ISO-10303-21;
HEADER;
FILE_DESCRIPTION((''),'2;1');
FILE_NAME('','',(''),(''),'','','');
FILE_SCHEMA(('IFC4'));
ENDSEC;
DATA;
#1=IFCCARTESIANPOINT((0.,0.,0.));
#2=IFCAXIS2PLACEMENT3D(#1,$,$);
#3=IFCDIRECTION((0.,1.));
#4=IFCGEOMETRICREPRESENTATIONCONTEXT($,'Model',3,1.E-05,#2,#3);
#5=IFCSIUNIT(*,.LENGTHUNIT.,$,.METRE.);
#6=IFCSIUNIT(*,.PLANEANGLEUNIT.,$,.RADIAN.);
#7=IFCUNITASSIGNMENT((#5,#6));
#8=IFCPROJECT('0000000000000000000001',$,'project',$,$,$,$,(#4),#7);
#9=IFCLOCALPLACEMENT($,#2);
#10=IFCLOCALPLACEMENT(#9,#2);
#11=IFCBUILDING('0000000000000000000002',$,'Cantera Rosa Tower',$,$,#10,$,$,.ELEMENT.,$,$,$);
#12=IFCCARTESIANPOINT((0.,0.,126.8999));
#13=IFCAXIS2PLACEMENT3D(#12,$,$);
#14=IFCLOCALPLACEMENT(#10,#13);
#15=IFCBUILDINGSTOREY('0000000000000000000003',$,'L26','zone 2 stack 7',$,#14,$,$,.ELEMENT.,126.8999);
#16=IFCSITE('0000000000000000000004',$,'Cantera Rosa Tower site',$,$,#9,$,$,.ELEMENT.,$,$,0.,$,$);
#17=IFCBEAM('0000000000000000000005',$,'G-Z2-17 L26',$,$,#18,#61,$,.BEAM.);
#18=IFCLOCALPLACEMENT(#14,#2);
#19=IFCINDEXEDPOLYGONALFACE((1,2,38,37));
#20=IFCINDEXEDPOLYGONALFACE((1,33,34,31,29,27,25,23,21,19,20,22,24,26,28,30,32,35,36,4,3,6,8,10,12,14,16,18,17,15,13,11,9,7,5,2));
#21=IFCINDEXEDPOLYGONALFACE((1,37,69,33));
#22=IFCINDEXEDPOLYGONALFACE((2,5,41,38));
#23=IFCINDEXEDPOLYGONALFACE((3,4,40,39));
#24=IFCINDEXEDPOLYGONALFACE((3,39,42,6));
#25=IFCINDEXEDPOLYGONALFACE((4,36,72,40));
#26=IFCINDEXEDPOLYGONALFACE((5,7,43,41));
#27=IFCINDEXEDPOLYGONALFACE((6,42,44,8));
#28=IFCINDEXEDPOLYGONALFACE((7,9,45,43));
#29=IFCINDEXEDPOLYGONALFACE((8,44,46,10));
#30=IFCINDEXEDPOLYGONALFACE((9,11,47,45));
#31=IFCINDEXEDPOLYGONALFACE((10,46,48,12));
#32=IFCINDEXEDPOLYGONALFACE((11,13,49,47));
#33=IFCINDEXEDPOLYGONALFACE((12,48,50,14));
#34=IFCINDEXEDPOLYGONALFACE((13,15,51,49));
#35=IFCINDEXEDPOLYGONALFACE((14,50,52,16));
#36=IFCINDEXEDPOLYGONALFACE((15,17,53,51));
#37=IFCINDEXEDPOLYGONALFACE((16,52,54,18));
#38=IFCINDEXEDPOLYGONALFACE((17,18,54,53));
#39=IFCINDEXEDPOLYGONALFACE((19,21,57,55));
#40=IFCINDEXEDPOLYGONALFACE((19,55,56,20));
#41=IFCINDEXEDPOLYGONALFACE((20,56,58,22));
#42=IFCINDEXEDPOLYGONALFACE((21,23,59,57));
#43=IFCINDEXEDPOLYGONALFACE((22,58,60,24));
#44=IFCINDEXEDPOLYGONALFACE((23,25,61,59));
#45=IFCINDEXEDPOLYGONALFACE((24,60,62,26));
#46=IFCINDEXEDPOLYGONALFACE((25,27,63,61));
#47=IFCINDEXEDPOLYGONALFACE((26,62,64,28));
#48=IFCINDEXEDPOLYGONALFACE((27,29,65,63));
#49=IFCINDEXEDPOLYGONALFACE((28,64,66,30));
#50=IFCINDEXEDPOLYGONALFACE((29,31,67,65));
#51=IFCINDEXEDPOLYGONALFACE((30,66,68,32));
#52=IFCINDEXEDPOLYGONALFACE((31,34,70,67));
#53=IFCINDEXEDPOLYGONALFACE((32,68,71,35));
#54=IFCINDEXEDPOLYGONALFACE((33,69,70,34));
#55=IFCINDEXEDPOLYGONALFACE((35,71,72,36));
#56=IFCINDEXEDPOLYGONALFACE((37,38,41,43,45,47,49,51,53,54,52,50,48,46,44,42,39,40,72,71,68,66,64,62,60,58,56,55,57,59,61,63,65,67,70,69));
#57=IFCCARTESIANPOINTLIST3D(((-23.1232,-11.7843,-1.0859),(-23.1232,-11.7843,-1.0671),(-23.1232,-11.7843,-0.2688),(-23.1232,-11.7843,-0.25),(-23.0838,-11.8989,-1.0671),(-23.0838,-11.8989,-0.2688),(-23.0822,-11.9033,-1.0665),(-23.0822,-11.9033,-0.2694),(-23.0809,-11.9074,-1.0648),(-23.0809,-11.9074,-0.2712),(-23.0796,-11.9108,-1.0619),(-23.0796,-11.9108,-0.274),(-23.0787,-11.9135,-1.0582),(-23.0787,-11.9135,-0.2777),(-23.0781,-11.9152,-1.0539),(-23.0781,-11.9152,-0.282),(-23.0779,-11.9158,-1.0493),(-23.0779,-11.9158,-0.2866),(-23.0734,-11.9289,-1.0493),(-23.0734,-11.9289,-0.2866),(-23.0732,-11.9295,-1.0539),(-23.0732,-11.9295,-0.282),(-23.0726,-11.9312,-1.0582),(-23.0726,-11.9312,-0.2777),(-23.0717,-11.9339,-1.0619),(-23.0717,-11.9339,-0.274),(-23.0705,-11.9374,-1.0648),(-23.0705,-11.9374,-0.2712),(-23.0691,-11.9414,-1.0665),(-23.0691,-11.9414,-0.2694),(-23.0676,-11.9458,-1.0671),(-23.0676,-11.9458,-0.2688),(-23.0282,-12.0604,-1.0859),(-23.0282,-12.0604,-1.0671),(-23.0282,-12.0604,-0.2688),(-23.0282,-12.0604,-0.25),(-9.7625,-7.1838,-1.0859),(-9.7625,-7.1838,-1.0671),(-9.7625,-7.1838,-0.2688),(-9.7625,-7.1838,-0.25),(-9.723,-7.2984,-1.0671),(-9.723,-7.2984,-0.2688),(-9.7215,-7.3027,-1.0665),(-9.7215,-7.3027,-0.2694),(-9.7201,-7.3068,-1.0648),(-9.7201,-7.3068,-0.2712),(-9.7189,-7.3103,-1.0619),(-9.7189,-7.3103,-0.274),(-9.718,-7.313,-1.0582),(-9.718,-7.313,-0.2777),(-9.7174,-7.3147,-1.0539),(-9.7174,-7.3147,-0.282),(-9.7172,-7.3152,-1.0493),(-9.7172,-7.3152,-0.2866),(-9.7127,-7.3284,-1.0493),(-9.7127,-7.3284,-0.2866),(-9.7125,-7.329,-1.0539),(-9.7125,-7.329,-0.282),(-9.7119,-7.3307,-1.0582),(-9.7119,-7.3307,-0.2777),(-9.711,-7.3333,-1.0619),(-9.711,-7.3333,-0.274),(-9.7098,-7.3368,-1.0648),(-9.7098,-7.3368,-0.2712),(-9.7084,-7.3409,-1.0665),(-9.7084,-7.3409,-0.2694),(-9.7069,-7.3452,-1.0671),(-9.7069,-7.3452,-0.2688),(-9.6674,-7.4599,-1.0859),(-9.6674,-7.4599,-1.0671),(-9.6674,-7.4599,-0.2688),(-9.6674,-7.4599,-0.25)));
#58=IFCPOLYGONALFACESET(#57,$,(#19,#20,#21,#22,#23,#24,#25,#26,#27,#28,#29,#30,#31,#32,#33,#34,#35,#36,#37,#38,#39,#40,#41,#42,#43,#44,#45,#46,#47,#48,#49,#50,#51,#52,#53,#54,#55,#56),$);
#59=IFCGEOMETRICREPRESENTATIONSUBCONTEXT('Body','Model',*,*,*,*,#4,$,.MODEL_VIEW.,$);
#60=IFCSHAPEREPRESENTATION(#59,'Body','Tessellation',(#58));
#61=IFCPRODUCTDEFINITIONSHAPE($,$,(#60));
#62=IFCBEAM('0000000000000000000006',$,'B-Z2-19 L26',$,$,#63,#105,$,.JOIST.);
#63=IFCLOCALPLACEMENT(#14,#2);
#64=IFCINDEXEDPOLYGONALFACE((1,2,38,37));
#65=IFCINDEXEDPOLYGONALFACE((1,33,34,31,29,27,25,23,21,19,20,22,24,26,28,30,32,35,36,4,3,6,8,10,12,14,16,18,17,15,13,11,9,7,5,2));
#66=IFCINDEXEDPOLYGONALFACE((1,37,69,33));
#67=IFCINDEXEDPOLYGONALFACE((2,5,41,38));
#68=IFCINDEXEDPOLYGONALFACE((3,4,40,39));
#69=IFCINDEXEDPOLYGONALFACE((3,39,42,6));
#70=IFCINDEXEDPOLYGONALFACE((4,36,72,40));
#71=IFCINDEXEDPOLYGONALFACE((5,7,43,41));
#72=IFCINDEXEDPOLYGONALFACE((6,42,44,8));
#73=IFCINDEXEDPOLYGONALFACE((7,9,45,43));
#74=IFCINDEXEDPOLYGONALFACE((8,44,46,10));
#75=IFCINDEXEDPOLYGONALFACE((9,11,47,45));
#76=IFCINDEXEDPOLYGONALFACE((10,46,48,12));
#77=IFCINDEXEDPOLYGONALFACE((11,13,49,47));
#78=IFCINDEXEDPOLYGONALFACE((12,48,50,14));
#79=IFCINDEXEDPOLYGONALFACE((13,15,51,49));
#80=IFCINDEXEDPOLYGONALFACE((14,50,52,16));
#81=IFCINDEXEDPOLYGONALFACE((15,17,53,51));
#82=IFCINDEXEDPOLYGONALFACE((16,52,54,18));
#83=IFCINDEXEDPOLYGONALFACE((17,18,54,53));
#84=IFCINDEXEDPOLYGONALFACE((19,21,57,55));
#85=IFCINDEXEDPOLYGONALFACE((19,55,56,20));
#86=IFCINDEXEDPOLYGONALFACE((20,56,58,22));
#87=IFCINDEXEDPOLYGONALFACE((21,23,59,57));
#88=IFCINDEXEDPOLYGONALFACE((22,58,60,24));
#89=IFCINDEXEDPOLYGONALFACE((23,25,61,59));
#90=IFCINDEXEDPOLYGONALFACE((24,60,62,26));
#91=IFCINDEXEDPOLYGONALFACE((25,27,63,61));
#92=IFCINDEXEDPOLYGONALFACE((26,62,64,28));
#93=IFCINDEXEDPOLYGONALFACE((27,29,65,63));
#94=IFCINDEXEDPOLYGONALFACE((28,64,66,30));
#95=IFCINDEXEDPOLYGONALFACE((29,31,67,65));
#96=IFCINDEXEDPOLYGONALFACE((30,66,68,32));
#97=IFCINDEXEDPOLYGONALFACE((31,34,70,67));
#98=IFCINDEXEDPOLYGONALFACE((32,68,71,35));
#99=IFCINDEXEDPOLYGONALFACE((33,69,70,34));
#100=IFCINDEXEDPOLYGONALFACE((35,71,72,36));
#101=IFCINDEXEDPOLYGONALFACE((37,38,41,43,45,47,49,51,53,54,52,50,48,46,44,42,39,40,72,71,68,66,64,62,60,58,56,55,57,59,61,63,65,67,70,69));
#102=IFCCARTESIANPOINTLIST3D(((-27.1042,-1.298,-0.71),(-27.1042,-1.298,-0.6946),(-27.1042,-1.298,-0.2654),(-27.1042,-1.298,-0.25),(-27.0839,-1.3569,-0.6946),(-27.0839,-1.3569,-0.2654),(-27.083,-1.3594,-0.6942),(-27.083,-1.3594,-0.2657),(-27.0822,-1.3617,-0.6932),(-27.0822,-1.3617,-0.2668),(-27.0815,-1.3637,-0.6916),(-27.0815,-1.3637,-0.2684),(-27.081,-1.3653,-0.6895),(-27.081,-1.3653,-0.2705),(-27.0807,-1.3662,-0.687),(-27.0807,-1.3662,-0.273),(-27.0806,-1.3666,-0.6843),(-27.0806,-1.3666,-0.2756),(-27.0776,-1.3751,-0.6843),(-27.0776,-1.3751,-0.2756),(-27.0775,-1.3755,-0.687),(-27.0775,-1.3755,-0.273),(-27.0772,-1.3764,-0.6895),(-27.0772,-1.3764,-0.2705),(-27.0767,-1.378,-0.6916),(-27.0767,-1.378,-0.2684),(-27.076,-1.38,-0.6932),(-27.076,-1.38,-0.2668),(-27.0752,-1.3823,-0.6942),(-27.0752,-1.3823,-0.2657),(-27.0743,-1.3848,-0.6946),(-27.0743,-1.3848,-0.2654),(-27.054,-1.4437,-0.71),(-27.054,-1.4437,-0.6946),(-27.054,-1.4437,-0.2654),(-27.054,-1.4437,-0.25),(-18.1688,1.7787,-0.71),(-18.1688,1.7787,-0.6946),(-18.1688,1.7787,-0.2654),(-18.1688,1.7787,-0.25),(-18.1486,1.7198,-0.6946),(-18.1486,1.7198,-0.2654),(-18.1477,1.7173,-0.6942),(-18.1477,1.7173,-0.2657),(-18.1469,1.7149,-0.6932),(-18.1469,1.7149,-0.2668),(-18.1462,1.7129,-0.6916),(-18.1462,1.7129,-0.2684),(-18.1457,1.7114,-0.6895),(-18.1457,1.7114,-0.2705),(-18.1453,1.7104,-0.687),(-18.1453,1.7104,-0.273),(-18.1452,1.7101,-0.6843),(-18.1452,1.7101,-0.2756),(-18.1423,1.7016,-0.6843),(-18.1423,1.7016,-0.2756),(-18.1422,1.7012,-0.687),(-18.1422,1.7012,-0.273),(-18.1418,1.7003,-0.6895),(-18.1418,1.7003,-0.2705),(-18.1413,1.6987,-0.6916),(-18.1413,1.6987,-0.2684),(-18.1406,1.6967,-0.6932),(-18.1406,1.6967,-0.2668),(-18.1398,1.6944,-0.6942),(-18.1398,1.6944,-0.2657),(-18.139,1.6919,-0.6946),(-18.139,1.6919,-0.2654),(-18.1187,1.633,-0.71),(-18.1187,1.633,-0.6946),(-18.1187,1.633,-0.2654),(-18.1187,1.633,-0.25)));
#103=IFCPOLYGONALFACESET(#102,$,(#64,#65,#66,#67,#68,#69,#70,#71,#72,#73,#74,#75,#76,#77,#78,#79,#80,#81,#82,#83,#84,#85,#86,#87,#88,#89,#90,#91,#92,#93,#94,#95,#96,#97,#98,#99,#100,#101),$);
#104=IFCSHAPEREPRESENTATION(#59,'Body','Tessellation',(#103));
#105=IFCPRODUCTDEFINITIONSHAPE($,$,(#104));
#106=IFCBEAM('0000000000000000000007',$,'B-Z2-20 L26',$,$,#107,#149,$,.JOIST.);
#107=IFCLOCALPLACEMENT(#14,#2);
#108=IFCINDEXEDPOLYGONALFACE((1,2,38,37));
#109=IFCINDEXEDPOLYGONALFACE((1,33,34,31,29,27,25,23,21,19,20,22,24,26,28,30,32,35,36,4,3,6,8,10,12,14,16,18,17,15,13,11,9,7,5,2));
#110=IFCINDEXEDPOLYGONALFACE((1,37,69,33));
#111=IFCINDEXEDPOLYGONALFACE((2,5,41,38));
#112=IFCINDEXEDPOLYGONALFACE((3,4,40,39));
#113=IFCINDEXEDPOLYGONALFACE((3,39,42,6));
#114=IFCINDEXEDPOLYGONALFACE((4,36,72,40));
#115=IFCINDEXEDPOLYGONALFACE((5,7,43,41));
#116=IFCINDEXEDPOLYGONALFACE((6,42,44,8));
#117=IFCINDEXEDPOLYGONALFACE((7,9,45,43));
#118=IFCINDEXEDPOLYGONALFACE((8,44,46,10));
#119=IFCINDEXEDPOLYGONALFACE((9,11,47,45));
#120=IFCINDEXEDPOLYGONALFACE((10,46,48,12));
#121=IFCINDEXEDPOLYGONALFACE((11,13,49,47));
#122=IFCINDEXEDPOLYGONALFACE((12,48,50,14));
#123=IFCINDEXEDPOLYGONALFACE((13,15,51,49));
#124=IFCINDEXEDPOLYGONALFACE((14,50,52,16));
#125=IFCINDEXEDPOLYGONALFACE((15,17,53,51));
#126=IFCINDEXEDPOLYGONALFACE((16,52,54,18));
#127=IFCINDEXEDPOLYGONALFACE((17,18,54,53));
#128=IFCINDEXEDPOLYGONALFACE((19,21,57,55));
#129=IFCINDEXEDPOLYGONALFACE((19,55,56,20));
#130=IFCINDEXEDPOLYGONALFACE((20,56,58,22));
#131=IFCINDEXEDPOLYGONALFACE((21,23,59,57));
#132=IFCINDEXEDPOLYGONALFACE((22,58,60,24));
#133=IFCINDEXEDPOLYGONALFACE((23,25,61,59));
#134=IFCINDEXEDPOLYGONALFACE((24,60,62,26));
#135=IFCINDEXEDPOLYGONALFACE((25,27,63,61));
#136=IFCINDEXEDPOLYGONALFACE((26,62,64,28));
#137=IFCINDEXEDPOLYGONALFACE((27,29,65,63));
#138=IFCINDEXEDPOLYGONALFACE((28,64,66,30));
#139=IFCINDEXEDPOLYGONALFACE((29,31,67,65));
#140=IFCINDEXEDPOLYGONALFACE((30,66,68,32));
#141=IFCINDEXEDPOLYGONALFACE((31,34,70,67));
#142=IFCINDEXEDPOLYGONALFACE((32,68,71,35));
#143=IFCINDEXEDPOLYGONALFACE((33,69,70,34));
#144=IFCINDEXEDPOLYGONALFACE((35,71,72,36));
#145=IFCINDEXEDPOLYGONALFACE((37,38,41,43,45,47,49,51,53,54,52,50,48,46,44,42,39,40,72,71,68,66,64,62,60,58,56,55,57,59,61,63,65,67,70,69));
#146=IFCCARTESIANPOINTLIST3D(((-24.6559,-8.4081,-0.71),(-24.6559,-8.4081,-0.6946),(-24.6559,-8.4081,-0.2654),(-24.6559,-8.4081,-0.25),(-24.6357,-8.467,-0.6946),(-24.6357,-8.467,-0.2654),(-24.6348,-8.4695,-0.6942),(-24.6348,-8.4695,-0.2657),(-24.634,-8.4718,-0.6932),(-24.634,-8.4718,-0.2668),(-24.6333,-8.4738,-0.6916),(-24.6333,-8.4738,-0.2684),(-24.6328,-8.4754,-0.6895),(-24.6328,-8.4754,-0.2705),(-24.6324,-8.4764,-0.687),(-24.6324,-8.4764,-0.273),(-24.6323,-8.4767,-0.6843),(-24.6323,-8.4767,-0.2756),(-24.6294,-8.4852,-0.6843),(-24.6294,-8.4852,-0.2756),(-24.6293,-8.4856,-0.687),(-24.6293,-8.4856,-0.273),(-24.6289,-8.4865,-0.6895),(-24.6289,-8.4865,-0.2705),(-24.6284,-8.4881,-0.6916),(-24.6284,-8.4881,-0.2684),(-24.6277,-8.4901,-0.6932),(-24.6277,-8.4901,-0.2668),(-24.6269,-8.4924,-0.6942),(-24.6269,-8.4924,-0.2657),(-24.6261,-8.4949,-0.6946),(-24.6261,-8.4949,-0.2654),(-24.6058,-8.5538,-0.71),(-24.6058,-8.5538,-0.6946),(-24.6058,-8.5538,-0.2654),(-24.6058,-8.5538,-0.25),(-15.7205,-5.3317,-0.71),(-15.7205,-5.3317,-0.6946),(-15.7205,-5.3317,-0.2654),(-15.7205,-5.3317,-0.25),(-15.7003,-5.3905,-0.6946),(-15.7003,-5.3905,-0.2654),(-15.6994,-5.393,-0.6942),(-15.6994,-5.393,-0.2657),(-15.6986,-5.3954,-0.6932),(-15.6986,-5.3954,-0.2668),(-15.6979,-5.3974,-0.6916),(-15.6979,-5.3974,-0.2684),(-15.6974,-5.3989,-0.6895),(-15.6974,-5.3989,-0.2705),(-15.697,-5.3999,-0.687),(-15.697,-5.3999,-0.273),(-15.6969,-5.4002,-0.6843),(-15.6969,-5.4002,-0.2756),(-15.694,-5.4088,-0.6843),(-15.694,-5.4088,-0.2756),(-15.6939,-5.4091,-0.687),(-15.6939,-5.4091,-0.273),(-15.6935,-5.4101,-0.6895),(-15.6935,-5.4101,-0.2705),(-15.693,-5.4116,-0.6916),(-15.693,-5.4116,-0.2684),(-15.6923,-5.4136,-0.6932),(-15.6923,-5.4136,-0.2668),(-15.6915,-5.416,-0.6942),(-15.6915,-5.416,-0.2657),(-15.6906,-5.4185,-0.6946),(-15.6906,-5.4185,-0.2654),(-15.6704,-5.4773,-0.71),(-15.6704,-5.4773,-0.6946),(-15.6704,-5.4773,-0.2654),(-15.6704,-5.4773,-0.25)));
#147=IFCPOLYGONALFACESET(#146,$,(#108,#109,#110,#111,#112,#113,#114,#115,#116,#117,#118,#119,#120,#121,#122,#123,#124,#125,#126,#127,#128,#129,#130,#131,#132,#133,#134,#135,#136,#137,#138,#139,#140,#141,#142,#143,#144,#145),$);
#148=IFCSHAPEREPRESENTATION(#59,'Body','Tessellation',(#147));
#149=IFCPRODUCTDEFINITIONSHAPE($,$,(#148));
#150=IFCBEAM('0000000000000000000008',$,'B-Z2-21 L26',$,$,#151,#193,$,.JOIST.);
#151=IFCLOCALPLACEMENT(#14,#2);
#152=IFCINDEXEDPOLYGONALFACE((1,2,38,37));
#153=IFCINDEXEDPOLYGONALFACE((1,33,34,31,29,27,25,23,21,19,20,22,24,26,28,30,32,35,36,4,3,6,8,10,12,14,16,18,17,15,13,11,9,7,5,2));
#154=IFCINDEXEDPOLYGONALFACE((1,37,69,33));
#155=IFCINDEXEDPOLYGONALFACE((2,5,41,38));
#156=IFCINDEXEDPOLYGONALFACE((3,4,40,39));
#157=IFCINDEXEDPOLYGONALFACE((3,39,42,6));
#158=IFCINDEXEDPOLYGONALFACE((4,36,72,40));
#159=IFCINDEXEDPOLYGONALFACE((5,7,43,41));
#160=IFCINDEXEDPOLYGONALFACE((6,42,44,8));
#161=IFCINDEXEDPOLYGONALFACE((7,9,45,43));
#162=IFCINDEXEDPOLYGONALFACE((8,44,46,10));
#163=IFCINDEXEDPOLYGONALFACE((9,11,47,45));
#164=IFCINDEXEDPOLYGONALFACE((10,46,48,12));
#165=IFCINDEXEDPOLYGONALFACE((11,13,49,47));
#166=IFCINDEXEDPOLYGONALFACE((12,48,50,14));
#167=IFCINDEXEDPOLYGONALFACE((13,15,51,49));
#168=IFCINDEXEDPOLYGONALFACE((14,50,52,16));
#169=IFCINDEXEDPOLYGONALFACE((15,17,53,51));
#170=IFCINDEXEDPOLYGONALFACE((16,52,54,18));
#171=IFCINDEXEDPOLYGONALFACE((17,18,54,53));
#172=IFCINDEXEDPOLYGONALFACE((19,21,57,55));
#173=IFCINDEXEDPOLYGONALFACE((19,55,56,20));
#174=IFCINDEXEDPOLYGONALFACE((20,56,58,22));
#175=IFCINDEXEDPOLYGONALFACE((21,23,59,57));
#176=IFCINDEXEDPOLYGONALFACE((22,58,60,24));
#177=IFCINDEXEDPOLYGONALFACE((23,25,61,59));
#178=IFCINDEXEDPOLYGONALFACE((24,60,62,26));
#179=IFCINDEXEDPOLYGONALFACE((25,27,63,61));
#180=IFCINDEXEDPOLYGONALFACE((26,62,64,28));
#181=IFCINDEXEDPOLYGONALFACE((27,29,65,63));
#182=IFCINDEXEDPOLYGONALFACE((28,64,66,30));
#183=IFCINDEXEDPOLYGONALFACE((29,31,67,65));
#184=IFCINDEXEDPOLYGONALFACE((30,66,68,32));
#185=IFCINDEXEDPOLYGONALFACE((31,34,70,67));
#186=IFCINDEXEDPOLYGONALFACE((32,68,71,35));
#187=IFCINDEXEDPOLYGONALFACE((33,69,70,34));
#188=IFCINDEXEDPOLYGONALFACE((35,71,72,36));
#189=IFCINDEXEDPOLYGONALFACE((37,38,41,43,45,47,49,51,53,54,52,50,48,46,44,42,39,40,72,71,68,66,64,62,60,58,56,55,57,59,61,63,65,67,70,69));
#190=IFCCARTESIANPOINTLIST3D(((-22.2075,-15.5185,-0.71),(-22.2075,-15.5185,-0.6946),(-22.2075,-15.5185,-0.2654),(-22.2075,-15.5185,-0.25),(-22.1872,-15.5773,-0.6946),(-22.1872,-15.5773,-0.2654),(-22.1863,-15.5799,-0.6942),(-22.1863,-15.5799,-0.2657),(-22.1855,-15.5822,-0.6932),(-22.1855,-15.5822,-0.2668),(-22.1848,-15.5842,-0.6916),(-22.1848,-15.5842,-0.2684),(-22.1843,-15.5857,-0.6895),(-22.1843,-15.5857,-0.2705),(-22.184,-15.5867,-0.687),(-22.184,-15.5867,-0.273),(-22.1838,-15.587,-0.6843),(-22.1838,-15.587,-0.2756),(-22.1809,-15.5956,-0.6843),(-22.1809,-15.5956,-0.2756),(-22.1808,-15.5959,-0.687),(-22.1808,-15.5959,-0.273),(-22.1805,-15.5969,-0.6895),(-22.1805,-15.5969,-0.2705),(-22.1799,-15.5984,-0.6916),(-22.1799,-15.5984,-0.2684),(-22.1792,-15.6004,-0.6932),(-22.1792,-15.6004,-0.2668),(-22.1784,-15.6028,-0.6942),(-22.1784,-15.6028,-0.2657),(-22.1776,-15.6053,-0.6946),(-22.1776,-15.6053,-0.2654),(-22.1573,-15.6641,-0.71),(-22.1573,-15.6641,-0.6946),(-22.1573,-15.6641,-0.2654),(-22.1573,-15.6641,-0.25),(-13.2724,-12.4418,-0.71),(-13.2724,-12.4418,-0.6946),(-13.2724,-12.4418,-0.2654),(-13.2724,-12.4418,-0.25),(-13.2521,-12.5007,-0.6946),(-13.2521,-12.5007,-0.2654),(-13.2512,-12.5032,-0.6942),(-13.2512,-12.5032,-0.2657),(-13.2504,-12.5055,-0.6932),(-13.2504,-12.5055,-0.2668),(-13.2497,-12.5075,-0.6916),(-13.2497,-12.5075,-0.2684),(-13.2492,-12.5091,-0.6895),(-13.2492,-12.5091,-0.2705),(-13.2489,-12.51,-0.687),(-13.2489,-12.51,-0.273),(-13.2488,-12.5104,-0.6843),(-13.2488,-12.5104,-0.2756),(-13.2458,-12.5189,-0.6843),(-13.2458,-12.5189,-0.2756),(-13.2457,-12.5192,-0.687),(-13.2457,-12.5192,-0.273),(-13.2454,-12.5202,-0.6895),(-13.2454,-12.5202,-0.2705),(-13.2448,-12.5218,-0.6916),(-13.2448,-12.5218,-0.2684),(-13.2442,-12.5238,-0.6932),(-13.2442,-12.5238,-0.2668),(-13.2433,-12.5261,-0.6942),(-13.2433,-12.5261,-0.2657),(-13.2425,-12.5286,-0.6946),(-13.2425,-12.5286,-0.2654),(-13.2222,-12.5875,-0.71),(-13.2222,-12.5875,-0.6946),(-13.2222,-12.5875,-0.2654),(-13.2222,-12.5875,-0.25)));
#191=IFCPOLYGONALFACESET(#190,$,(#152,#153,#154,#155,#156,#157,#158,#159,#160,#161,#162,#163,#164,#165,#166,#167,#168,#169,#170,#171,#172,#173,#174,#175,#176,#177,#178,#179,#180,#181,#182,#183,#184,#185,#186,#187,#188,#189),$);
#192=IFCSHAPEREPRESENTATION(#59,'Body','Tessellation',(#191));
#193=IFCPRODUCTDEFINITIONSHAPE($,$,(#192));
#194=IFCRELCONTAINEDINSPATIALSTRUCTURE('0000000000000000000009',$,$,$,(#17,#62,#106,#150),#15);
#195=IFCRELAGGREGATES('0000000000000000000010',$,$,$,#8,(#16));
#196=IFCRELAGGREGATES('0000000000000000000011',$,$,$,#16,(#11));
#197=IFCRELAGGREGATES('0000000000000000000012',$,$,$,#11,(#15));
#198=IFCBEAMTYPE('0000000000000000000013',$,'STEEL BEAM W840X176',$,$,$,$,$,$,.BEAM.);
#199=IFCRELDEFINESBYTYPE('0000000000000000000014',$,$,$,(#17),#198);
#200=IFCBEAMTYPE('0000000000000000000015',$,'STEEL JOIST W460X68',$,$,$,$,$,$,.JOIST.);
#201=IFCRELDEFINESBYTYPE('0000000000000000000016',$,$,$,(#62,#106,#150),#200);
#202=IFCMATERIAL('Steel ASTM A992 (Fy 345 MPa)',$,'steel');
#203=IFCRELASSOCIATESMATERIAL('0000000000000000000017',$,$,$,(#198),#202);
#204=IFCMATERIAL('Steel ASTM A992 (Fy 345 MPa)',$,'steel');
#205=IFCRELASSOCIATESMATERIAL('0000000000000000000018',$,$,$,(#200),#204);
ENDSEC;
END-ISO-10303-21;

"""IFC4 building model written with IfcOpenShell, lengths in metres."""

from ifc_helpers import new_model, si_unit, direction, frame, origin, origin_2d, place, context, subcontext, project, spatial, i_section, extrude, material, material_profile, profile_set, type_object, element, save


model = new_model("IFC4")

# Units and contexts
model_context = context("Model", 3, precision=1e-05, world=origin(), true_north=direction((0.0, 1.0)))
body_context = subcontext(model_context, "Body", "Model", "MODEL_VIEW")
ifc_project = project(units=[si_unit("LENGTHUNIT", "METRE"), si_unit("PLANEANGLEUNIT", "RADIAN")], contexts=[model_context])

# Site, building, storey
site_placement = place(None, origin())
site = spatial("IfcSite", under=ifc_project, at=site_placement, Name="Cantera Rosa Tower site", CompositionType="ELEMENT", RefElevation=0.0)
building_placement = place(site_placement, origin())
building = spatial("IfcBuilding", under=site, at=building_placement, Name="Cantera Rosa Tower", CompositionType="ELEMENT")
storey_placement = place(building_placement, frame((0.0, 0.0, 126.8999)))
storey = spatial("IfcBuildingStorey", under=building, at=storey_placement, Name="L26", Description="zone 2 stack 7", CompositionType="ELEMENT", Elevation=126.8999)

# Beams
ifc_material_1 = material(Name="Steel ASTM A992 (Fy 345 MPa)", Category="steel")
ifc_material_profile_1 = material_profile(ifc_material_1, i_section(OverallWidth=0.292, OverallDepth=0.8359, WebThickness=0.0139, FlangeThickness=0.0188, FilletRadius=0.0178, at=origin_2d()), Name="W840X176")
ifc_profile_set_1 = profile_set([ifc_material_profile_1], Name="Steel ASTM A992 (Fy 345 MPa)")
beam_type_1 = type_object("IfcBeamType", Name="STEEL BEAM W840X176", PredefinedType="BEAM", material=ifc_profile_set_1)
beam_1_placement = place(storey_placement, frame((-23.0757, -11.9224, -0.668), z_axis=(0.945517, 0.325573, 0.0), x_axis=(-0.325573, 0.945517, 0.0)))
element("IfcBeam", 1, at=beam_1_placement, inside=storey, type_object=beam_type_1, Name="G-Z2-17 L26", PredefinedType="BEAM", context=body_context, shape_type="SweptSolid", body=[
    extrude(i_section(OverallWidth=0.292, OverallDepth=0.8359, WebThickness=0.0139, FlangeThickness=0.0188, FilletRadius=0.0178, at=origin_2d()), origin(), (0.0, 0.0, 1.0), 14.1306),
])
ifc_material_2 = material(Name="Steel ASTM A992 (Fy 345 MPa)", Category="steel")
ifc_material_profile_2 = material_profile(ifc_material_2, i_section(OverallWidth=0.1541, OverallDepth=0.46, WebThickness=0.009, FlangeThickness=0.0154, FilletRadius=0.0103, at=origin_2d()), Name="W460X68")
ifc_profile_set_2 = profile_set([ifc_material_profile_2], Name="Steel ASTM A992 (Fy 345 MPa)")
beam_type_2 = type_object("IfcBeamType", Name="STEEL JOIST W460X68", PredefinedType="JOIST", material=ifc_profile_set_2)
for number, where, z_axis, x_axis, name in (
    (2, (-27.0791, -1.3708, -0.48), (0.945519, 0.325567, 0.0), (-0.325567, 0.945519, 0.0), "B-Z2-19 L26"),
    (3, (-24.6309, -8.481, -0.48), (0.945527, 0.325544, 0.0), (-0.325544, 0.945527, 0.0), "B-Z2-20 L26"),
):
    element("IfcBeam", number, at=place(storey_placement, frame(where, z_axis=z_axis, x_axis=x_axis)), inside=storey, type_object=beam_type_2, Name=name, PredefinedType="JOIST", context=body_context, shape_type="SweptSolid", body=[
        extrude(i_section(OverallWidth=0.1541, OverallDepth=0.46, WebThickness=0.009, FlangeThickness=0.0154, FilletRadius=0.0103, at=origin_2d()), origin(), (0.0, 0.0, 1.0), 9.4502),
    ])
beam_2_placement = place(storey_placement, frame((-22.1824, -15.5913, -0.48), z_axis=(0.945516, 0.325575, 0.0), x_axis=(-0.325575, 0.945516, 0.0)))
element("IfcBeam", 4, at=beam_2_placement, inside=storey, type_object=beam_type_2, Name="B-Z2-21 L26", PredefinedType="JOIST", context=body_context, shape_type="SweptSolid", body=[
    extrude(i_section(OverallWidth=0.1541, OverallDepth=0.46, WebThickness=0.009, FlangeThickness=0.0154, FilletRadius=0.0103, at=origin_2d()), origin(), (0.0, 0.0, 1.0), 9.45),
])

save(model, "model.ifc")
